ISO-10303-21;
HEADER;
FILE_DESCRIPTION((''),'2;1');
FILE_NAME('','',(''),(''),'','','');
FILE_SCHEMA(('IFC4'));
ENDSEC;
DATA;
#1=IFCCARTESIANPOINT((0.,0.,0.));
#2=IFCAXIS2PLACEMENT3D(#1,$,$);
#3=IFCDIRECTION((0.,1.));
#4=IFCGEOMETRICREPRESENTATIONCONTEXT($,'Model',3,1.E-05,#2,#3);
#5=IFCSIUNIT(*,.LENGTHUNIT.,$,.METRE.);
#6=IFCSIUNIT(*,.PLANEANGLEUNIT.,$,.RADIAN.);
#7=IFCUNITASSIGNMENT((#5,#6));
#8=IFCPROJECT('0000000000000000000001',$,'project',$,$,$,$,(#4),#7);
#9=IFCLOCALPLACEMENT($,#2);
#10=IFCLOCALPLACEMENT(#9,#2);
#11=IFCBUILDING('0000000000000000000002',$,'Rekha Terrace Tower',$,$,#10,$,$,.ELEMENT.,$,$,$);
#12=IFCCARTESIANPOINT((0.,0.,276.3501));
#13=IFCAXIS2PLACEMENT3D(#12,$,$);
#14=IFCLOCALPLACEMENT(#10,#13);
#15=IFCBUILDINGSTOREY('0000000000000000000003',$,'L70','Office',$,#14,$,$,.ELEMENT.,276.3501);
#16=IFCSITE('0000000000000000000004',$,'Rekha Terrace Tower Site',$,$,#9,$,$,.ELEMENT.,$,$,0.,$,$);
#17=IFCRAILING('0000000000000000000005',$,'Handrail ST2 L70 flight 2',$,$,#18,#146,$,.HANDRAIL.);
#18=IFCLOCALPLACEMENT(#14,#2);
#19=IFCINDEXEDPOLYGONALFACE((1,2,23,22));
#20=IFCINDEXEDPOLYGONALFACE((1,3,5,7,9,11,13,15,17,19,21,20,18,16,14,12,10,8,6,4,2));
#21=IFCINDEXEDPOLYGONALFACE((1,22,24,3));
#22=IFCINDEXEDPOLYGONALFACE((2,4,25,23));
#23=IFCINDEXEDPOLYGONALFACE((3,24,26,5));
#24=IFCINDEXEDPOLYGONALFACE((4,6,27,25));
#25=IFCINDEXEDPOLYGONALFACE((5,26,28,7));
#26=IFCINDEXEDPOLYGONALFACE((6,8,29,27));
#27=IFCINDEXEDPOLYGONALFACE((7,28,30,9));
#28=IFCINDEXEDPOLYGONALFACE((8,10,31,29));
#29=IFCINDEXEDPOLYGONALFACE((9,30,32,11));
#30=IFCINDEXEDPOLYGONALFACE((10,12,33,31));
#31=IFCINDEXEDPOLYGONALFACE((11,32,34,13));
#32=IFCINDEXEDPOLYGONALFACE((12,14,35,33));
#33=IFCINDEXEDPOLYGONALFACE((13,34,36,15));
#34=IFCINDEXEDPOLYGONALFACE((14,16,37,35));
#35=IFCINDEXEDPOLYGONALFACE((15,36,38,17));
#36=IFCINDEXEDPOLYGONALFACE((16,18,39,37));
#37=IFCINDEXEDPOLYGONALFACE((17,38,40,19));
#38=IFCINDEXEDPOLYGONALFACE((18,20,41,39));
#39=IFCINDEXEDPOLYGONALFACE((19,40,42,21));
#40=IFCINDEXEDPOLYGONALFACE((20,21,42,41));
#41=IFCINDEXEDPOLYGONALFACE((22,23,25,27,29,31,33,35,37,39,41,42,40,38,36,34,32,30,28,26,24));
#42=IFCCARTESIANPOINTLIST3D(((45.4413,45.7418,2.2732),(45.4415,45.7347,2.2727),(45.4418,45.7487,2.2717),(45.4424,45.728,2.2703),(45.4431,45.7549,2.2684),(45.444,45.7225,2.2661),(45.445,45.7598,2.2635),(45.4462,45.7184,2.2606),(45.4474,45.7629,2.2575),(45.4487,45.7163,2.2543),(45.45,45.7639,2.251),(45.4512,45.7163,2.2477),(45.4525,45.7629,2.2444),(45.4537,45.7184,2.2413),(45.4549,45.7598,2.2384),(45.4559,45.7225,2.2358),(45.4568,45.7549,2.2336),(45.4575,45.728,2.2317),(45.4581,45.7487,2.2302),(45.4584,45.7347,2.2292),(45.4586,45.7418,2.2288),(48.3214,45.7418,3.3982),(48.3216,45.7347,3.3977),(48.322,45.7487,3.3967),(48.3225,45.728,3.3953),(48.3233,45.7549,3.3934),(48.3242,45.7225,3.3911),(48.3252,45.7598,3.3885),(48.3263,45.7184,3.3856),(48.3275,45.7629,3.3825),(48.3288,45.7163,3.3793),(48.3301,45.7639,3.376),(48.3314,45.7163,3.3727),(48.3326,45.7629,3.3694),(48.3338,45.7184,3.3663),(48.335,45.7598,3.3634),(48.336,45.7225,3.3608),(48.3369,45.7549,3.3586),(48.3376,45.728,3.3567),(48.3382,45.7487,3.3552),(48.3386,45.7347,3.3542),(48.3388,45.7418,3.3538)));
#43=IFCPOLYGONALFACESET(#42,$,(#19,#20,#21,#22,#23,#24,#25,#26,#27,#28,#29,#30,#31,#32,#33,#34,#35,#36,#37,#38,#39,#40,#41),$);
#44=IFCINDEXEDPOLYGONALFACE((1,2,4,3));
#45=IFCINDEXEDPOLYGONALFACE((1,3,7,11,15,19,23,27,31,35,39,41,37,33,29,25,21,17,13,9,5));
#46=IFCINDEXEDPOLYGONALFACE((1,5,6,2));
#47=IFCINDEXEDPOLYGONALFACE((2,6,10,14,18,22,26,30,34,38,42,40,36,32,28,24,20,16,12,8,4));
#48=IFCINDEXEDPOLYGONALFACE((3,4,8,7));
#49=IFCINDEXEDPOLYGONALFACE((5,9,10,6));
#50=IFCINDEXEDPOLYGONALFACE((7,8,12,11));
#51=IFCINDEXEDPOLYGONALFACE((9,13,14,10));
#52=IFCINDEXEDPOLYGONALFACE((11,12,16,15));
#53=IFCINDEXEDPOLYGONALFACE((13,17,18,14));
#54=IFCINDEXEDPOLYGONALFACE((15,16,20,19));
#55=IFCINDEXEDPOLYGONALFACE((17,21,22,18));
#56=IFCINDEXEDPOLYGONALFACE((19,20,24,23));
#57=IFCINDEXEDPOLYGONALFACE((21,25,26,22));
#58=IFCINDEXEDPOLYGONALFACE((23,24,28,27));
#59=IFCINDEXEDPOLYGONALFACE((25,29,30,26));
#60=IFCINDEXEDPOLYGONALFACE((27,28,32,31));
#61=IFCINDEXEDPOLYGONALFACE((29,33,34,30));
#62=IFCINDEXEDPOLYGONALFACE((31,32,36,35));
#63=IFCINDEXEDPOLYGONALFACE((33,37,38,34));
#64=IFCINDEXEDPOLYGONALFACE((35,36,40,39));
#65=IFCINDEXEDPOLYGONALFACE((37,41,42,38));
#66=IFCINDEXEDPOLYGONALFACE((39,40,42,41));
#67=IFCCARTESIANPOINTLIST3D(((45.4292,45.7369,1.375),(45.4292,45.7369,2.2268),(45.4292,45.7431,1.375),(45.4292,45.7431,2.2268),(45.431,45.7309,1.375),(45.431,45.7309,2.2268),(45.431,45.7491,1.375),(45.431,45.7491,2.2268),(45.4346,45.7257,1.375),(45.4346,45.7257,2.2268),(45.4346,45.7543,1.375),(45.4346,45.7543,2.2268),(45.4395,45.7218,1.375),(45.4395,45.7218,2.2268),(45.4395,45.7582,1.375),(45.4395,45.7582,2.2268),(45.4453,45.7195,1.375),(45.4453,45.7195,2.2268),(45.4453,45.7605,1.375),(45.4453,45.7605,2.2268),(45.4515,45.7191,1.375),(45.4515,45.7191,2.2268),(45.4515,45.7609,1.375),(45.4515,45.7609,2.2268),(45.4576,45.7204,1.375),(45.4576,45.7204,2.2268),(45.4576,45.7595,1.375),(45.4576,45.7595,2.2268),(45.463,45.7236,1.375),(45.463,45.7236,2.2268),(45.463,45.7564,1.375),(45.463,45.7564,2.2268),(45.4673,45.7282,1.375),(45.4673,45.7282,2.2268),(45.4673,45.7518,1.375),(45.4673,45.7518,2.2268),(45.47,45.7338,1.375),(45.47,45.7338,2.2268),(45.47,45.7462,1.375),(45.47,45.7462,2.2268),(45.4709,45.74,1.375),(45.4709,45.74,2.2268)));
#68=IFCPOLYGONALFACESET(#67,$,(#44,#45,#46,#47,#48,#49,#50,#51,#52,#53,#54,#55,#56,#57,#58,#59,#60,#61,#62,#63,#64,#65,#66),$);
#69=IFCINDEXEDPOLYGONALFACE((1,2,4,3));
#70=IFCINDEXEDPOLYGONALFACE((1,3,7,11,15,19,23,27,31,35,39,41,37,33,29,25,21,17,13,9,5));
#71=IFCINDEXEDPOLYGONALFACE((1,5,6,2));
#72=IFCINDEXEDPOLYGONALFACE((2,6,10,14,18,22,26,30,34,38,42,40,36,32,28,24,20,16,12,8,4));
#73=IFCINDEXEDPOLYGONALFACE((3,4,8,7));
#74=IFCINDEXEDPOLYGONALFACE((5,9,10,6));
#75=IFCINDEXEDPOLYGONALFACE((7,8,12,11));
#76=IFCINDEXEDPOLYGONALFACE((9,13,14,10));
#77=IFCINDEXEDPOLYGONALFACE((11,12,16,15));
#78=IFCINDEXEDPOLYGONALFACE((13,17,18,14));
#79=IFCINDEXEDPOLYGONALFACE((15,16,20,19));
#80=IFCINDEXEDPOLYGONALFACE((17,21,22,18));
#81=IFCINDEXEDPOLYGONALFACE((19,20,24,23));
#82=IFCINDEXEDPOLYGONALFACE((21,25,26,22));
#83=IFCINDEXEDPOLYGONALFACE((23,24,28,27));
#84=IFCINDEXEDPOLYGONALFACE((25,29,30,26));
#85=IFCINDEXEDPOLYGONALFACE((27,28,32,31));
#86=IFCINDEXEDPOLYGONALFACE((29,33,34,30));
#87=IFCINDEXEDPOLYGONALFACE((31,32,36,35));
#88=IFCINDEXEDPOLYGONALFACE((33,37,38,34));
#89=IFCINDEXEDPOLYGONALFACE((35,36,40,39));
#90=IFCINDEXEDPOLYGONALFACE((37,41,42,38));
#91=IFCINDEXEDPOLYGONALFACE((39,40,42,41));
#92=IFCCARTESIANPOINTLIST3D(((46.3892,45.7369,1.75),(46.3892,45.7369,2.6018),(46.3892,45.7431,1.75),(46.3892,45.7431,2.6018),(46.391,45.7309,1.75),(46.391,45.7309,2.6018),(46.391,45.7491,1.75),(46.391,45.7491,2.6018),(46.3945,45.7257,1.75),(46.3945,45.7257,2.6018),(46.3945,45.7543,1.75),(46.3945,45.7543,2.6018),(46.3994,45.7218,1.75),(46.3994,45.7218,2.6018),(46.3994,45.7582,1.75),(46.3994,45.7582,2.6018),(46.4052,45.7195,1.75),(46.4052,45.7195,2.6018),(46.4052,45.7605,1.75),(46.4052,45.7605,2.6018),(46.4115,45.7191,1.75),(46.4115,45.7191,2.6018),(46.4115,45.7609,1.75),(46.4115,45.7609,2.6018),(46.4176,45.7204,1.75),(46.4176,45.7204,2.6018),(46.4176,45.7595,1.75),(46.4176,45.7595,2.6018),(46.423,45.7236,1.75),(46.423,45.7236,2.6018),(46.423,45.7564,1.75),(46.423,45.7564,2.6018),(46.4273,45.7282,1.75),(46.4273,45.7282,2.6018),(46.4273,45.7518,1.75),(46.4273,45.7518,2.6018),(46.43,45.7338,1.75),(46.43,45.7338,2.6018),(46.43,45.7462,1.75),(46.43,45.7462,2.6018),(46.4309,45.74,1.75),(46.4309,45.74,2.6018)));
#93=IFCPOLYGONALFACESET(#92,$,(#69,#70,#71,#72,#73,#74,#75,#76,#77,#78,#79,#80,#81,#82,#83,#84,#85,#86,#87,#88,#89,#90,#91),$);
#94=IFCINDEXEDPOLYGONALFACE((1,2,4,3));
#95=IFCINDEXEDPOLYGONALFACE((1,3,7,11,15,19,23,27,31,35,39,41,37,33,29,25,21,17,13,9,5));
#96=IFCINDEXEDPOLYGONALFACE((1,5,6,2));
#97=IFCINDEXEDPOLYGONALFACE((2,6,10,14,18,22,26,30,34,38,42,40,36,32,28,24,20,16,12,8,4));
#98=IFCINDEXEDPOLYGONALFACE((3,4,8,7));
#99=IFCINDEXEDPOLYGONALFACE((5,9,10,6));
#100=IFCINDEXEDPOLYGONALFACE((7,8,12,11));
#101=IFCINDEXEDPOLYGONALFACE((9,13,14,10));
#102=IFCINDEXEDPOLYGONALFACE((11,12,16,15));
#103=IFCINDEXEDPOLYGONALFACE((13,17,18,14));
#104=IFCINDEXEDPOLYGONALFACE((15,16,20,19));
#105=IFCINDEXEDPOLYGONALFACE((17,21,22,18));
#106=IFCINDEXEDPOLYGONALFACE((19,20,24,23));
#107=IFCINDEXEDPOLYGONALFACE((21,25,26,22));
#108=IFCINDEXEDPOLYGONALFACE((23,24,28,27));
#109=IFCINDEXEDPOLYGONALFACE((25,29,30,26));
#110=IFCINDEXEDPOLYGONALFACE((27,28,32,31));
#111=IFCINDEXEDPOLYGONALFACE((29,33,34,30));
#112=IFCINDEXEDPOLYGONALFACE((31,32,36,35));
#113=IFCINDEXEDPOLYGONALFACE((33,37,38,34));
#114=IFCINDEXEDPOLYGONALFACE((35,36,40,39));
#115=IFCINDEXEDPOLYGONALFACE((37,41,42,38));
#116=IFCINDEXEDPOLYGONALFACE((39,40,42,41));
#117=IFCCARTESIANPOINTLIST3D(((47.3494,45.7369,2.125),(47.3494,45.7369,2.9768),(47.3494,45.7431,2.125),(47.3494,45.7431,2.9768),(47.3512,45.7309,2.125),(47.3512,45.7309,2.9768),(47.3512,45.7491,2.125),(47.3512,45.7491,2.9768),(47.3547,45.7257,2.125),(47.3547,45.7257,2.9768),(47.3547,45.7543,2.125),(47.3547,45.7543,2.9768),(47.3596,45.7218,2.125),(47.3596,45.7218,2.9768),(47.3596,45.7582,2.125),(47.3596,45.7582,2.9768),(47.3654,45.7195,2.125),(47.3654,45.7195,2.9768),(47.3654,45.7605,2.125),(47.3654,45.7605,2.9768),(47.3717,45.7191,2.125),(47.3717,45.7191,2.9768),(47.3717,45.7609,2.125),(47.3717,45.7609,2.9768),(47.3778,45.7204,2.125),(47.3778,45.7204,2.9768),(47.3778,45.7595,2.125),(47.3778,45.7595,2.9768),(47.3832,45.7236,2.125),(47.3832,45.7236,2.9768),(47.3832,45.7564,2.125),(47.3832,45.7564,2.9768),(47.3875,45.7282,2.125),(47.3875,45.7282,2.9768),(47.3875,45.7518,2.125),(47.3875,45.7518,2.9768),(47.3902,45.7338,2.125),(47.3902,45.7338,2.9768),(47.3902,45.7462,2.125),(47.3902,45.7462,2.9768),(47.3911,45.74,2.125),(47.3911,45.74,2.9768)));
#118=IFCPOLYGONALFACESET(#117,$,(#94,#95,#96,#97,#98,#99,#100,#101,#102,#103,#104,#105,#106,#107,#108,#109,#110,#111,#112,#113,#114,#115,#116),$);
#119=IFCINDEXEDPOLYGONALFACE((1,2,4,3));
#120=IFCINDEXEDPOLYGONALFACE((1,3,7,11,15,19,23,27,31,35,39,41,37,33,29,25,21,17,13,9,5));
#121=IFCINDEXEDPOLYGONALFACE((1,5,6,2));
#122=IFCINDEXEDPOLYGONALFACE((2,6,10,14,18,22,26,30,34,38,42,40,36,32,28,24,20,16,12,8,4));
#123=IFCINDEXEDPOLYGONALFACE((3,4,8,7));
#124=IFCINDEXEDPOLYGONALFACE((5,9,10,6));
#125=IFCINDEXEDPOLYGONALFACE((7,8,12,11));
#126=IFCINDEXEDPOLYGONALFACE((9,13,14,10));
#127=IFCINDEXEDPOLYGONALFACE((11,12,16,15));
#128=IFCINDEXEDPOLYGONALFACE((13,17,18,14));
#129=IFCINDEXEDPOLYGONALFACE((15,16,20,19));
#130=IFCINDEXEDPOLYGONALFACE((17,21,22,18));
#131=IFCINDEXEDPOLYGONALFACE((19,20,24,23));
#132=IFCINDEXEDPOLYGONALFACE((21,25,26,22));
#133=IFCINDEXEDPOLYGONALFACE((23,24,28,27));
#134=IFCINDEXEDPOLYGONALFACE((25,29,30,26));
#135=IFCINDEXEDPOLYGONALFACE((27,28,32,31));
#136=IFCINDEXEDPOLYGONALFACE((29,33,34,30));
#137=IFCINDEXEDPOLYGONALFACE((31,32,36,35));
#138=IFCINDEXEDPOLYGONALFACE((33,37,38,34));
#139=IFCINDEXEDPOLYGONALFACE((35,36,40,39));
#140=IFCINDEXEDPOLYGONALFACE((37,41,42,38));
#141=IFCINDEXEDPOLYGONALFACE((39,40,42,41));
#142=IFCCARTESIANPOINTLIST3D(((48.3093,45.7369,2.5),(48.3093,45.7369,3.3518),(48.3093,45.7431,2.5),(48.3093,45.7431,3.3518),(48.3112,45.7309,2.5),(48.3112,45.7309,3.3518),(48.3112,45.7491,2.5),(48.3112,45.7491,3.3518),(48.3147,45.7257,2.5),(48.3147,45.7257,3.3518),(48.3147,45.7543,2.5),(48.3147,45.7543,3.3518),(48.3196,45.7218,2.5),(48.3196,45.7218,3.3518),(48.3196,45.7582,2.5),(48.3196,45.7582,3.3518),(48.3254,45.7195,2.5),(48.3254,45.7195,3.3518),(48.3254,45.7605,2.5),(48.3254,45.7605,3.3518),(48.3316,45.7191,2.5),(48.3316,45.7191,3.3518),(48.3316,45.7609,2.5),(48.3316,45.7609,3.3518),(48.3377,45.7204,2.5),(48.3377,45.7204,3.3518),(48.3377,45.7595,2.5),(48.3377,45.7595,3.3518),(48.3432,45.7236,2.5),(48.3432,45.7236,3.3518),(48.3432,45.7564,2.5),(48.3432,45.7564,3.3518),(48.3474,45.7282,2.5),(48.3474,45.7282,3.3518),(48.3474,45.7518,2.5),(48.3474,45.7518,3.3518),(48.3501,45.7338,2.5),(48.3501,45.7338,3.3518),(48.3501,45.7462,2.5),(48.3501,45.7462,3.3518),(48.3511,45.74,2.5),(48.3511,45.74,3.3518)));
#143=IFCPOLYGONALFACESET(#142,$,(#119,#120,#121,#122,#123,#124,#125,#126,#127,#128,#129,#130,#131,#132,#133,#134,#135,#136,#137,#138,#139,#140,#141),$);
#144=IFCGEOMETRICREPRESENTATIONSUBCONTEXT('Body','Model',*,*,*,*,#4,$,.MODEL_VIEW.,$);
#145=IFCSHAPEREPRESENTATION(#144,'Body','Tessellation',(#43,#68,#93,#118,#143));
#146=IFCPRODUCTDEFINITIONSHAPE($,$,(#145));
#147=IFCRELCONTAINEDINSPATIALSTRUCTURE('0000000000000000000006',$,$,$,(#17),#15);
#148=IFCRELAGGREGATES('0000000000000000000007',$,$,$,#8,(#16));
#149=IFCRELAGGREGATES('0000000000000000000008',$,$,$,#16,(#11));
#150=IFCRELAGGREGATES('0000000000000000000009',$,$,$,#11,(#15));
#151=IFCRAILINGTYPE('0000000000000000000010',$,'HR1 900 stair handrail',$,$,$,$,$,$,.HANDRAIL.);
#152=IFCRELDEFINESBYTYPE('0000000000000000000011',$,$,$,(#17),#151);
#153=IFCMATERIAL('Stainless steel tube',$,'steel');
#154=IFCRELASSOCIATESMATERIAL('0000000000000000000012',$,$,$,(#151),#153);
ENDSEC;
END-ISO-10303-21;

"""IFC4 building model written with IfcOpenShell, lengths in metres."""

from ifc_helpers import new_model, si_unit, direction, frame, origin, origin_2d, place, context, subcontext, project, spatial, circle, extrude, material, type_object, element, save


model = new_model("IFC4")

# Units and contexts
model_context = context("Model", 3, precision=1e-05, world=origin(), true_north=direction((0.0, 1.0)))
body_context = subcontext(model_context, "Body", "Model", "MODEL_VIEW")
ifc_project = project(units=[si_unit("LENGTHUNIT", "METRE"), si_unit("PLANEANGLEUNIT", "RADIAN")], contexts=[model_context])

# Site, building, storey
site_placement = place(None, origin())
site = spatial("IfcSite", under=ifc_project, at=site_placement, Name="Rekha Terrace Tower Site", CompositionType="ELEMENT", RefElevation=0.0)
building_placement = place(site_placement, origin())
building = spatial("IfcBuilding", under=site, at=building_placement, Name="Rekha Terrace Tower", CompositionType="ELEMENT")
storey_placement = place(building_placement, frame((0.0, 0.0, 276.3501)))
storey = spatial("IfcBuildingStorey", under=building, at=storey_placement, Name="L70", Description="Office", CompositionType="ELEMENT", Elevation=276.3501)

# Railing
ifc_material_1 = material(Name="Stainless steel tube", Category="steel")
railing_type_1 = type_object("IfcRailingType", Name="HR1 900 stair handrail", PredefinedType="HANDRAIL", material=ifc_material_1)
railing_1_placement = place(storey_placement, frame((45.45, 45.74, 1.375)))
element("IfcRailing", 1, at=railing_1_placement, inside=storey, type_object=railing_type_1, Name="Handrail ST2 L70 flight 2", PredefinedType="HANDRAIL", context=body_context, shape_type="SweptSolid", body=[
    extrude(circle(Radius=0.0239, at=origin_2d()), frame((0.0, 0.0, 0.876), z_axis=(0.931463, 0.0, 0.363837), x_axis=(0.0, 1.0, 0.0)), (0.0, 0.0, 1.0), 3.092),
    extrude(circle(Radius=0.021, at=origin_2d()), origin(), (0.0, 0.0, 1.0), 0.8518),
    extrude(circle(Radius=0.021, at=origin_2d()), frame((0.96, 0.0, 0.375)), (0.0, 0.0, 1.0), 0.8518),
    extrude(circle(Radius=0.021, at=origin_2d()), frame((1.9202, 0.0, 0.75)), (0.0, 0.0, 1.0), 0.8518),
    extrude(circle(Radius=0.021, at=origin_2d()), frame((2.8801, 0.0, 1.125)), (0.0, 0.0, 1.0), 0.8518),
])

save(model, "model.ifc")
